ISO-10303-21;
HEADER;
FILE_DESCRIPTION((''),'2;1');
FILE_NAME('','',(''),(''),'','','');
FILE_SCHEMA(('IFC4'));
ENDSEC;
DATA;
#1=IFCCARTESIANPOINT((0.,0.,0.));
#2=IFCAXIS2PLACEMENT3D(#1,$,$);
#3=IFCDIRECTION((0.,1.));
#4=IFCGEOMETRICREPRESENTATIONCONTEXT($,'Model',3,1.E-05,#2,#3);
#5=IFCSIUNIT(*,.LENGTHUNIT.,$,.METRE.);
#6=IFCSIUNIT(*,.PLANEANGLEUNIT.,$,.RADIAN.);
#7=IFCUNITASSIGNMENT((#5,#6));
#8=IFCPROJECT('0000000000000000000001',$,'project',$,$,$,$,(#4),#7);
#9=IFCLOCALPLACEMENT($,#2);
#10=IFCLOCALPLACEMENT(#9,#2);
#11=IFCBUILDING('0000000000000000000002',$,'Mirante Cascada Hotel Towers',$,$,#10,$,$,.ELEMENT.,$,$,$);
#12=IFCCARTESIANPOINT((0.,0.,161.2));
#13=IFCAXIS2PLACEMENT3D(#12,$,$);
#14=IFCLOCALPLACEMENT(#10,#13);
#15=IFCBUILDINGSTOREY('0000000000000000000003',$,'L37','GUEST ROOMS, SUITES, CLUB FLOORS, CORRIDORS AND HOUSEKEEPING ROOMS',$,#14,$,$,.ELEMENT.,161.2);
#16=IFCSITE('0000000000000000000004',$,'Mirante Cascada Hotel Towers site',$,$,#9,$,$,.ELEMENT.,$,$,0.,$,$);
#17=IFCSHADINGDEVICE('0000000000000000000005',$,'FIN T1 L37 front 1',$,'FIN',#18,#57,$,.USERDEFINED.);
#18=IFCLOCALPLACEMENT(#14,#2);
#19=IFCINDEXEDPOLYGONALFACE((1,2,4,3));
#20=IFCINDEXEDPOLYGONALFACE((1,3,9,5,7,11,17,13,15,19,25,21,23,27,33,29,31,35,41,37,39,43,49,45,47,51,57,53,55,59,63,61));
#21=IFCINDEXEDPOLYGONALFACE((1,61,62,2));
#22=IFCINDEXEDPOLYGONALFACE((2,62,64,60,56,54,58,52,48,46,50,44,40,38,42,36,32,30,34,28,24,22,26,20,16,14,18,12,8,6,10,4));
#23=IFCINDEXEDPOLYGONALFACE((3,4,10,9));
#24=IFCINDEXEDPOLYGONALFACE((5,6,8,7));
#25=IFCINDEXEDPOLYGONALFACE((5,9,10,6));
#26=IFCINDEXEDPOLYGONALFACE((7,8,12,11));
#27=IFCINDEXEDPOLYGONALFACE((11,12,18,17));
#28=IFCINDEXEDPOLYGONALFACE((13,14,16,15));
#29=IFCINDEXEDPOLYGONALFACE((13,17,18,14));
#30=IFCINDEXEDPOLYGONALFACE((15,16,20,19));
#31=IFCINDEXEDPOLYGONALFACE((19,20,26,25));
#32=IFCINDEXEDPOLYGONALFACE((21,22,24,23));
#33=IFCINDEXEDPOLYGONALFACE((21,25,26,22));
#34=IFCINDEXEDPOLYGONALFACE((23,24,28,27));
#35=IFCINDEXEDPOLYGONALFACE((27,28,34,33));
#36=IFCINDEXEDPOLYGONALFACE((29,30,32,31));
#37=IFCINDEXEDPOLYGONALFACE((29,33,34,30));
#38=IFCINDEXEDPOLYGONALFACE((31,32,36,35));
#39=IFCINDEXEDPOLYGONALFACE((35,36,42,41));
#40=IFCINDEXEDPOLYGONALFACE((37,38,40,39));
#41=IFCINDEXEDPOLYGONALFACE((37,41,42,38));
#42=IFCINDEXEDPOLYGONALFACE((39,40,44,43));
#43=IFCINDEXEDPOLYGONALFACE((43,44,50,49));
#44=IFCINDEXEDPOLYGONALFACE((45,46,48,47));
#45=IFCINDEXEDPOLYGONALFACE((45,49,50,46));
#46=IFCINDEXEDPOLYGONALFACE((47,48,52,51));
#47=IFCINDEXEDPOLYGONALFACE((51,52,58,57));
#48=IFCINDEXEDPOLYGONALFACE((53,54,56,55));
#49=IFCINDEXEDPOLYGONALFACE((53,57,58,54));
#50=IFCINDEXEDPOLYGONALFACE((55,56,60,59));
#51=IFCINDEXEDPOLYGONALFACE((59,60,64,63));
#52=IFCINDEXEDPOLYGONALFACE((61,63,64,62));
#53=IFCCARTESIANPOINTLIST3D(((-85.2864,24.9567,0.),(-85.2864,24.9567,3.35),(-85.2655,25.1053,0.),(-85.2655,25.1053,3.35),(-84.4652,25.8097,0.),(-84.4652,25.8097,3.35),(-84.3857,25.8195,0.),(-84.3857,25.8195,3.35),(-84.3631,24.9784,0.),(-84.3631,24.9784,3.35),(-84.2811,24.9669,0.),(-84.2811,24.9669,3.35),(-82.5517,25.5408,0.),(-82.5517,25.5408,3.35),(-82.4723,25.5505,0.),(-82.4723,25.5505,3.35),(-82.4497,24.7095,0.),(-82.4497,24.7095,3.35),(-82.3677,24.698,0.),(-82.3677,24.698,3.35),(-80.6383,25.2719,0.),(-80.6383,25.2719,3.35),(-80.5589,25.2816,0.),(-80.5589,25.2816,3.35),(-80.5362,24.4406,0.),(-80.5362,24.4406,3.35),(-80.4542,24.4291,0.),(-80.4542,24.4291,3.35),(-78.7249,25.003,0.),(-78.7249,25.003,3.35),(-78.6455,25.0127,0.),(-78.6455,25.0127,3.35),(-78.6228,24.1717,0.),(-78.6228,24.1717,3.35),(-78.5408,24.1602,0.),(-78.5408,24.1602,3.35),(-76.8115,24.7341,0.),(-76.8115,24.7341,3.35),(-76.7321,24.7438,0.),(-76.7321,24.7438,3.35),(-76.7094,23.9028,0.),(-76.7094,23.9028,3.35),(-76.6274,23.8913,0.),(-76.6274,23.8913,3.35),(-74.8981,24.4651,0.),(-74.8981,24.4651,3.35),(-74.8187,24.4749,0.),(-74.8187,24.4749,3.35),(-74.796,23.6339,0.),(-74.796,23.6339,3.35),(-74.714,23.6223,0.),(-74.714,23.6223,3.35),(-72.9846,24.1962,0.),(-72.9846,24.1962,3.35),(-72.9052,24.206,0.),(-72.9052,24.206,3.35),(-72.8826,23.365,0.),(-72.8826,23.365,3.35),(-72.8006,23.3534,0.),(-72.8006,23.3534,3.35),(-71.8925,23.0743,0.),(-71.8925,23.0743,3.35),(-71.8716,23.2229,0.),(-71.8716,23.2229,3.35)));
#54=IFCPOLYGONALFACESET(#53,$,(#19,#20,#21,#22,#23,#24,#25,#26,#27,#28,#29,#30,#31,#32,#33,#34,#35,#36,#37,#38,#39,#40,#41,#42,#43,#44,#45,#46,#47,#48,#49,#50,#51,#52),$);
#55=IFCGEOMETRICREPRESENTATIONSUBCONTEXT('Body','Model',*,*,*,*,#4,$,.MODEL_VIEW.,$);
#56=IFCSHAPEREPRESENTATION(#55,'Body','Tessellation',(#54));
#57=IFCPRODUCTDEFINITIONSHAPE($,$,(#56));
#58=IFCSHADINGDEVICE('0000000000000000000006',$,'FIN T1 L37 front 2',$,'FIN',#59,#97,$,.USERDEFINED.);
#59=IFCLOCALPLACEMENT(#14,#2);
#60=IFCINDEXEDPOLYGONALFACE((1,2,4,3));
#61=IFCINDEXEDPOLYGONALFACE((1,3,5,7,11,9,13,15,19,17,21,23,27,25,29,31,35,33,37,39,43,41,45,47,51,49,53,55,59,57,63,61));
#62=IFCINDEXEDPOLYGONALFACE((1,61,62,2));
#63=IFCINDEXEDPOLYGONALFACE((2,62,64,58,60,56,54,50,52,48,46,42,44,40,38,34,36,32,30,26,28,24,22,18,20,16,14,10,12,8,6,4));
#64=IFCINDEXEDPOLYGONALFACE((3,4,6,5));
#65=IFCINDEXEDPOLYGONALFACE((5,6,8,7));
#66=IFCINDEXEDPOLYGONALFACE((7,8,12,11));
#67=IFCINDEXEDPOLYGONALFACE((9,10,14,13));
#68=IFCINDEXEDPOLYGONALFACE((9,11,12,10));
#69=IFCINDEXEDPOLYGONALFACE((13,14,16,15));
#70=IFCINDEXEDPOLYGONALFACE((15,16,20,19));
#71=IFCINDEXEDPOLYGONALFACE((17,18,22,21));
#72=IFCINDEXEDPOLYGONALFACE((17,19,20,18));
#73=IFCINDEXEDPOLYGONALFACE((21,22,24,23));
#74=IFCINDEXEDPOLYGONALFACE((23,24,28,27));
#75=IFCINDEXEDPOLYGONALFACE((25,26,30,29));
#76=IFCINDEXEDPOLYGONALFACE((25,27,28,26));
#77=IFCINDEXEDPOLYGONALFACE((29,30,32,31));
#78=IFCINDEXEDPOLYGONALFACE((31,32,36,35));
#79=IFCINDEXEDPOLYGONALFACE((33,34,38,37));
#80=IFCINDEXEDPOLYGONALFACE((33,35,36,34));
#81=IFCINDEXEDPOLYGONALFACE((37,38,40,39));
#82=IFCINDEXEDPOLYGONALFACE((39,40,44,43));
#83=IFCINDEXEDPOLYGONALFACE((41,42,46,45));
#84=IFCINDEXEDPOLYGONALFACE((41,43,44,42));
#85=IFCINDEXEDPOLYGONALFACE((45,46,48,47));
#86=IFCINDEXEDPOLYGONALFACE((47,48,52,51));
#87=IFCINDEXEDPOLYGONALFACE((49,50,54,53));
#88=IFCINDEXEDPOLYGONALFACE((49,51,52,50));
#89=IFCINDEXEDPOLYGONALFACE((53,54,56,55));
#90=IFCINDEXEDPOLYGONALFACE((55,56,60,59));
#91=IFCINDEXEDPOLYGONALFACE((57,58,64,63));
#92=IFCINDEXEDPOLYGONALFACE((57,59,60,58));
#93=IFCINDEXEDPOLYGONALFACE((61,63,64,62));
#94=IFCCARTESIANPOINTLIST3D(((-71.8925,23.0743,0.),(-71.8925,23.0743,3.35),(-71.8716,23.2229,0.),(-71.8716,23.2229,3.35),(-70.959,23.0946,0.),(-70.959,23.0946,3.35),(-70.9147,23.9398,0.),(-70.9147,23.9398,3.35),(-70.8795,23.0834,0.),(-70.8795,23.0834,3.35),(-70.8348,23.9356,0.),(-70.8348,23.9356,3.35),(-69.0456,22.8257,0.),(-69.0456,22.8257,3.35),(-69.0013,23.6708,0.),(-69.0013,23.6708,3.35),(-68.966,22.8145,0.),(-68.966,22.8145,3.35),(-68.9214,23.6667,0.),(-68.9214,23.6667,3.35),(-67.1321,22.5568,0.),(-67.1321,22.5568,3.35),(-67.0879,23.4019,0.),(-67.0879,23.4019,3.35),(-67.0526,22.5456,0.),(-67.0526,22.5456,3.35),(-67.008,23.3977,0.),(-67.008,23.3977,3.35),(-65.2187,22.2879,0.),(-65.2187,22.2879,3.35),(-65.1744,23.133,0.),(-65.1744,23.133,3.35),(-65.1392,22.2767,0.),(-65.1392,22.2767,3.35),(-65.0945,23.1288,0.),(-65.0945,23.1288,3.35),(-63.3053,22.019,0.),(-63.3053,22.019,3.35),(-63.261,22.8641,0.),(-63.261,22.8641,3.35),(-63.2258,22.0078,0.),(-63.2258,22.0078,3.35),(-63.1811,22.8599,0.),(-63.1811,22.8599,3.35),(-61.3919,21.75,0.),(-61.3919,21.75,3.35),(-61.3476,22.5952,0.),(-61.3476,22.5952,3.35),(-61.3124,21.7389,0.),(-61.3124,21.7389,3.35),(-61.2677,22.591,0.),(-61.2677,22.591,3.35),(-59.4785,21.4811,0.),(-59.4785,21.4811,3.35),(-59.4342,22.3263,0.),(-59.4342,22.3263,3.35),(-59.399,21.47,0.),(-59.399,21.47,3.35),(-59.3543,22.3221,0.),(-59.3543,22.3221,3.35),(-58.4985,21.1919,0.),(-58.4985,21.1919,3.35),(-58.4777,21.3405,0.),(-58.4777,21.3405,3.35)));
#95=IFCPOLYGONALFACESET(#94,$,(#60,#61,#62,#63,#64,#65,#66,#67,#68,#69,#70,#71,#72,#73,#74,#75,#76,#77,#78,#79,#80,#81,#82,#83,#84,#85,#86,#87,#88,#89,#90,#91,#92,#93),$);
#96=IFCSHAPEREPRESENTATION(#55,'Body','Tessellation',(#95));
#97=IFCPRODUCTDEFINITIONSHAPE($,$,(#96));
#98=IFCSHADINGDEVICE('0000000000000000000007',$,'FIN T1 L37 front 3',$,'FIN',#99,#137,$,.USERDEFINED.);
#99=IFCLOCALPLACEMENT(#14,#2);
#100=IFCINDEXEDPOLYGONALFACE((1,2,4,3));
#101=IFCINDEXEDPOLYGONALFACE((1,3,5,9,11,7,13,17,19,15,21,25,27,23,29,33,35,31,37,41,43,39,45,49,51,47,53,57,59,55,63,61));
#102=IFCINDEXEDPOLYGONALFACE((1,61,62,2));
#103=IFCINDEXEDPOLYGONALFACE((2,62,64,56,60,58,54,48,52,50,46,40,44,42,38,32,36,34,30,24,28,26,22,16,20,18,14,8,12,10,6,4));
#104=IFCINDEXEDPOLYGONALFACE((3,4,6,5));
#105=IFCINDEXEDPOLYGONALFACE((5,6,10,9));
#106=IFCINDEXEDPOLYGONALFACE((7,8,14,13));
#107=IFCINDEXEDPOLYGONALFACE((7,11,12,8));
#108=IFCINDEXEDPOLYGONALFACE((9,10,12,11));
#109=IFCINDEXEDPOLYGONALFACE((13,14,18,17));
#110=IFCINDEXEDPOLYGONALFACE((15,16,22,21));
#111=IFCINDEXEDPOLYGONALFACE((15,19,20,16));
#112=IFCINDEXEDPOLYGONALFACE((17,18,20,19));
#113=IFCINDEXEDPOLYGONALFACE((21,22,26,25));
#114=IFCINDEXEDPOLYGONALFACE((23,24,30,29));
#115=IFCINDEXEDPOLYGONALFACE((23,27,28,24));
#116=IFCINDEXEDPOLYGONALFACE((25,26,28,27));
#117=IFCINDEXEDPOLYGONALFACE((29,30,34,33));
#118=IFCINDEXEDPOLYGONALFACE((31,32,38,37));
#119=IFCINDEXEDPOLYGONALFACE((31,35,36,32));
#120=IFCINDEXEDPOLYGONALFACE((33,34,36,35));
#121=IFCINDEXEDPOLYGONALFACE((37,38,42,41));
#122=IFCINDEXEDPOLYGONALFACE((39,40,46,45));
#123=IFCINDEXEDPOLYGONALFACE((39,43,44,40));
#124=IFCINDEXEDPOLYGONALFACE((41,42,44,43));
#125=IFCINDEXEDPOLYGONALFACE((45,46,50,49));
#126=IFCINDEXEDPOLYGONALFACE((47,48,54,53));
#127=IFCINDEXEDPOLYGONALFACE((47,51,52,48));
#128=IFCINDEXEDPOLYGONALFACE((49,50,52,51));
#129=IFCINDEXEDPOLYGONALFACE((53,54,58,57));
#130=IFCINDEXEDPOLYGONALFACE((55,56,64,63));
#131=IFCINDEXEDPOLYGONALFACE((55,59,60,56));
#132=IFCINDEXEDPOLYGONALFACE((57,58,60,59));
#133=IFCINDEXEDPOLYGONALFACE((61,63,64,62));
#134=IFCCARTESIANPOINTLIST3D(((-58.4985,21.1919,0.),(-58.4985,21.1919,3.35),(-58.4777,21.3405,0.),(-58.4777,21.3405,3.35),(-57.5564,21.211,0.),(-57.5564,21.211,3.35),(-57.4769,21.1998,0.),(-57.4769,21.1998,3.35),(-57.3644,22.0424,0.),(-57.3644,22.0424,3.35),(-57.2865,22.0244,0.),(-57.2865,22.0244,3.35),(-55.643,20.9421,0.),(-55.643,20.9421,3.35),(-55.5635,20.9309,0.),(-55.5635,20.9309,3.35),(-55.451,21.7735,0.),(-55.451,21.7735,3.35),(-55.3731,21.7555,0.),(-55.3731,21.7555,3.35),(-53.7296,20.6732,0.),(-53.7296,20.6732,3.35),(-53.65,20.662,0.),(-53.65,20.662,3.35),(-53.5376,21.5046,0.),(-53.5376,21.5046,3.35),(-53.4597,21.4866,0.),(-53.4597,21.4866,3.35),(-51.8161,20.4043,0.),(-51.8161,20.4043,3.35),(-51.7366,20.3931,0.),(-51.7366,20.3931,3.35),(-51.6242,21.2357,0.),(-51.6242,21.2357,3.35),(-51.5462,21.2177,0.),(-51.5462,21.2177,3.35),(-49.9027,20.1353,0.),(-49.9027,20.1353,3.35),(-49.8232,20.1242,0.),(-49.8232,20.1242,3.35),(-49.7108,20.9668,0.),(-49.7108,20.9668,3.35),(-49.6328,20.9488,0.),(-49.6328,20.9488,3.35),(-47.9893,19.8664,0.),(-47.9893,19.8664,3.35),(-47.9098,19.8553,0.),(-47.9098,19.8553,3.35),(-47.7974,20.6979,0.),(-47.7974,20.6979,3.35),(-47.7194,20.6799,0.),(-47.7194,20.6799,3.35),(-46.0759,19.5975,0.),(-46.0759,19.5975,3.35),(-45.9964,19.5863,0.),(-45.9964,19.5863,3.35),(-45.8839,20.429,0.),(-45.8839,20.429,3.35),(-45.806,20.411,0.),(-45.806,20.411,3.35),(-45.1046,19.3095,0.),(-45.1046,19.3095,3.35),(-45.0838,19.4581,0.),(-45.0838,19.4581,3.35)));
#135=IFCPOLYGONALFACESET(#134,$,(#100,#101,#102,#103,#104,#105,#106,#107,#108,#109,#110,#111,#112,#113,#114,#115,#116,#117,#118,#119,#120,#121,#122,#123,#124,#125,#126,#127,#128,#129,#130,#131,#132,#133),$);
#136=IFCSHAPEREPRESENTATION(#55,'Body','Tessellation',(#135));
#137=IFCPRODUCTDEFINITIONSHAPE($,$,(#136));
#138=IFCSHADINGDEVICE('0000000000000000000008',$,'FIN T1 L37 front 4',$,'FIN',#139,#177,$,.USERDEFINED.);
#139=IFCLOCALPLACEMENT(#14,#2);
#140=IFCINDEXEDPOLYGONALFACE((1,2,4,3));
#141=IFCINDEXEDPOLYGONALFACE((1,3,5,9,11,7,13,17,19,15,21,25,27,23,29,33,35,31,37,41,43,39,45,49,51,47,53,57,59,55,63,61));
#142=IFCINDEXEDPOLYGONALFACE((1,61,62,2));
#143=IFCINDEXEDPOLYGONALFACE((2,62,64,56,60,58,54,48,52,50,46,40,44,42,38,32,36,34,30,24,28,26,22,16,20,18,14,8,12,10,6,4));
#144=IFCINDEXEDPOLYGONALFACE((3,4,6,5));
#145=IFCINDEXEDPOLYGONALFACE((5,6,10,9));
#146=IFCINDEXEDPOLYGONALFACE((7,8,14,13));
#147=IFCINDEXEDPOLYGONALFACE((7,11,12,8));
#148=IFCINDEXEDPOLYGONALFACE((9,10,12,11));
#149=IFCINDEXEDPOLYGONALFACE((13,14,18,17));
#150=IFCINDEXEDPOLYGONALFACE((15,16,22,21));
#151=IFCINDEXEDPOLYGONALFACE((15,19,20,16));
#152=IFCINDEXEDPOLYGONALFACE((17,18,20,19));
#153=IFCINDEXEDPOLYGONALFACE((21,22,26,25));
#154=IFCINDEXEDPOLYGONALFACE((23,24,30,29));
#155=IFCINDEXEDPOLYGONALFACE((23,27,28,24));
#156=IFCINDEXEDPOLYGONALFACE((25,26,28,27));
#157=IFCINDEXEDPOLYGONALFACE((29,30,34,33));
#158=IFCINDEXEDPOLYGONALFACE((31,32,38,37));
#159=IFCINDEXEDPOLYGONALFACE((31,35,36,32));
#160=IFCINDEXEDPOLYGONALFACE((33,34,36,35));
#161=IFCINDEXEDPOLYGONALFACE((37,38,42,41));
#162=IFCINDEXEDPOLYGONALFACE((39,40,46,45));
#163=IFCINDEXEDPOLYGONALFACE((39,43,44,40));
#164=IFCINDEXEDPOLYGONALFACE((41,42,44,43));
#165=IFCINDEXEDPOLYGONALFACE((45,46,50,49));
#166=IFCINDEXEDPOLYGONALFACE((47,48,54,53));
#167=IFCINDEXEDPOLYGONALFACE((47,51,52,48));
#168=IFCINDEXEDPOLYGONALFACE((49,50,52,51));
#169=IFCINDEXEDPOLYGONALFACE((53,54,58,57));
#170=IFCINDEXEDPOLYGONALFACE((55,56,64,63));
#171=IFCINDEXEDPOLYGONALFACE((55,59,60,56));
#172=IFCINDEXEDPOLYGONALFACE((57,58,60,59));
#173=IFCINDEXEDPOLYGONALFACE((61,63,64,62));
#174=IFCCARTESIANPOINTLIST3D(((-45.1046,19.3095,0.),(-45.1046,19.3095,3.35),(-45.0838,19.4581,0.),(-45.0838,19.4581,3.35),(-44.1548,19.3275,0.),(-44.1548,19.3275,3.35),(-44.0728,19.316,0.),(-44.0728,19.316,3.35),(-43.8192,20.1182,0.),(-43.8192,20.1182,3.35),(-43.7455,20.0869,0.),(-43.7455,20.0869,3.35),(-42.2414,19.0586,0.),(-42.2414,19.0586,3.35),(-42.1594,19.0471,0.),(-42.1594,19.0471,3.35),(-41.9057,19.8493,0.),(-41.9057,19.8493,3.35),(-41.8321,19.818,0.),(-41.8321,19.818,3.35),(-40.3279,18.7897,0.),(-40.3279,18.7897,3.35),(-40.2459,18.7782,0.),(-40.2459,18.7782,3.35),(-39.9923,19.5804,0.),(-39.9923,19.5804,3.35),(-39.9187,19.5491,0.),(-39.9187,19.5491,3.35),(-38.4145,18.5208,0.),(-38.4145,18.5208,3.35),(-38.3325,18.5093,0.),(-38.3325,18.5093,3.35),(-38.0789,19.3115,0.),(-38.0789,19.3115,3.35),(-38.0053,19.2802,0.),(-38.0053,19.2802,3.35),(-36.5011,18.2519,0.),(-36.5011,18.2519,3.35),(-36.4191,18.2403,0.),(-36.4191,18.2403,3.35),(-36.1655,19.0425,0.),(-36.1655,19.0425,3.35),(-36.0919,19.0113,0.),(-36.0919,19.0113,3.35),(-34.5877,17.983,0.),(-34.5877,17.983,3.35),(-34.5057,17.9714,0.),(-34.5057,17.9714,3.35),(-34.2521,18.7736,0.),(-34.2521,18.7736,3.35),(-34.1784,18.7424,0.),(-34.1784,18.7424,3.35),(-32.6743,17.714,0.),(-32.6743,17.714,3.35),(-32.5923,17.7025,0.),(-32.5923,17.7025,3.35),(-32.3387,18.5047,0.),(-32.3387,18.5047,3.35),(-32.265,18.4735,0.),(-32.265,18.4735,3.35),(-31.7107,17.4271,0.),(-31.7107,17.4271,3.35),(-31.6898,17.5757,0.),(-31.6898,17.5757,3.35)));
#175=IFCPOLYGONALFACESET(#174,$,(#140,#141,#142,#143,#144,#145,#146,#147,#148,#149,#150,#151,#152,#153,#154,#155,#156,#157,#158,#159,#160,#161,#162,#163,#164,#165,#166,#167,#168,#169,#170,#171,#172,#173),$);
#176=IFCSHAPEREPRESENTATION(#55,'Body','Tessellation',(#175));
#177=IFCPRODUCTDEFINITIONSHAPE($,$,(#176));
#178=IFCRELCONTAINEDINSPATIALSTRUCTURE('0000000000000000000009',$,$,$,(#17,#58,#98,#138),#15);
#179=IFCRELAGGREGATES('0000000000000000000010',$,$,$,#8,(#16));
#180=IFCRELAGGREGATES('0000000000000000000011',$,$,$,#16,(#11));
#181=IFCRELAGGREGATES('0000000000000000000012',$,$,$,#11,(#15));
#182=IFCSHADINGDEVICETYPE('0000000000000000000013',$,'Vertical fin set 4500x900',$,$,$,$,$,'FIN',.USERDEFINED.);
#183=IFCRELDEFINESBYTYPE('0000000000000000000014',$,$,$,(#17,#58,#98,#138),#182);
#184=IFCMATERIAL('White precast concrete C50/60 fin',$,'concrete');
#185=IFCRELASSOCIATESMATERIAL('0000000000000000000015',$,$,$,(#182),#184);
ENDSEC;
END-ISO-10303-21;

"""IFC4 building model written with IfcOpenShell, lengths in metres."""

from ifc_helpers import new_model, si_unit, direction, frame, origin, place, context, subcontext, project, spatial, polyline, outline, extrude, material, type_object, element, save


model = new_model("IFC4")

# Units and contexts
model_context = context("Model", 3, precision=1e-05, world=origin(), true_north=direction((0.0, 1.0)))
body_context = subcontext(model_context, "Body", "Model", "MODEL_VIEW")
ifc_project = project(units=[si_unit("LENGTHUNIT", "METRE"), si_unit("PLANEANGLEUNIT", "RADIAN")], contexts=[model_context])

# Site, building, storey
site_placement = place(None, origin())
site = spatial("IfcSite", under=ifc_project, at=site_placement, Name="Mirante Cascada Hotel Towers site", CompositionType="ELEMENT", RefElevation=0.0)
building_placement = place(site_placement, origin())
building = spatial("IfcBuilding", under=site, at=building_placement, Name="Mirante Cascada Hotel Towers", CompositionType="ELEMENT")
storey_placement = place(building_placement, frame((0.0, 0.0, 161.2)))
storey = spatial("IfcBuildingStorey", under=building, at=storey_placement, Name="L37", Description="GUEST ROOMS, SUITES, CLUB FLOORS, CORRIDORS AND HOUSEKEEPING ROOMS", CompositionType="ELEMENT", Elevation=161.2)

# Shading devices
ifc_material_1 = material(Name="White precast concrete C50/60 fin", Category="concrete")
shading_device_type = type_object("IfcShadingDeviceType", Name="Vertical fin set 4500x900", ElementType="FIN", PredefinedType="USERDEFINED", material=ifc_material_1)
shading_device_1_placement = place(storey_placement, origin())
element("IfcShadingDevice", 1, at=shading_device_1_placement, inside=storey, type_object=shading_device_type, Name="FIN T1 L37 front 1", ObjectType="FIN", PredefinedType="USERDEFINED", context=body_context, shape_type="SweptSolid", body=[
    extrude(outline(polyline([(-72.8006, 23.3534), (-71.8716, 23.2229), (-71.8925, 23.0743), (-85.2864, 24.9567), (-85.2655, 25.1053), (-84.3631, 24.9784), (-84.4652, 25.8097), (-84.3857, 25.8195), (-84.2811, 24.9669), (-82.4497, 24.7095), (-82.5517, 25.5408), (-82.4723, 25.5505), (-82.3677, 24.698), (-80.5362, 24.4406), (-80.6383, 25.2719), (-80.5589, 25.2816), (-80.4542, 24.4291), (-78.6228, 24.1717), (-78.7249, 25.003), (-78.6455, 25.0127), (-78.5408, 24.1602), (-76.7094, 23.9028), (-76.8115, 24.7341), (-76.7321, 24.7438), (-76.6274, 23.8913), (-74.796, 23.6339), (-74.8981, 24.4651), (-74.8187, 24.4749), (-74.714, 23.6223), (-72.8826, 23.365), (-72.9846, 24.1962), (-72.9052, 24.206), (-72.8006, 23.3534)])), origin(), (0.0, 0.0, 1.0), 3.35),
])
shading_device_2_placement = place(storey_placement, origin())
element("IfcShadingDevice", 2, at=shading_device_2_placement, inside=storey, type_object=shading_device_type, Name="FIN T1 L37 front 2", ObjectType="FIN", PredefinedType="USERDEFINED", context=body_context, shape_type="SweptSolid", body=[
    extrude(outline(polyline([(-59.399, 21.47), (-58.4777, 21.3405), (-58.4985, 21.1919), (-71.8925, 23.0743), (-71.8716, 23.2229), (-70.959, 23.0946), (-70.9147, 23.9398), (-70.8348, 23.9356), (-70.8795, 23.0834), (-69.0456, 22.8257), (-69.0013, 23.6708), (-68.9214, 23.6667), (-68.966, 22.8145), (-67.1321, 22.5568), (-67.0879, 23.4019), (-67.008, 23.3977), (-67.0526, 22.5456), (-65.2187, 22.2879), (-65.1744, 23.133), (-65.0945, 23.1288), (-65.1392, 22.2767), (-63.3053, 22.019), (-63.261, 22.8641), (-63.1811, 22.8599), (-63.2258, 22.0078), (-61.3919, 21.75), (-61.3476, 22.5952), (-61.2677, 22.591), (-61.3124, 21.7389), (-59.4785, 21.4811), (-59.4342, 22.3263), (-59.3543, 22.3221), (-59.399, 21.47)])), origin(), (0.0, 0.0, 1.0), 3.35),
])
shading_device_3_placement = place(storey_placement, origin())
element("IfcShadingDevice", 3, at=shading_device_3_placement, inside=storey, type_object=shading_device_type, Name="FIN T1 L37 front 3", ObjectType="FIN", PredefinedType="USERDEFINED", context=body_context, shape_type="SweptSolid", body=[
    extrude(outline(polyline([(-45.9964, 19.5863), (-45.0838, 19.4581), (-45.1046, 19.3095), (-58.4985, 21.1919), (-58.4777, 21.3405), (-57.5564, 21.211), (-57.3644, 22.0424), (-57.2865, 22.0244), (-57.4769, 21.1998), (-55.643, 20.9421), (-55.451, 21.7735), (-55.3731, 21.7555), (-55.5635, 20.9309), (-53.7296, 20.6732), (-53.5376, 21.5046), (-53.4597, 21.4866), (-53.65, 20.662), (-51.8161, 20.4043), (-51.6242, 21.2357), (-51.5462, 21.2177), (-51.7366, 20.3931), (-49.9027, 20.1353), (-49.7108, 20.9668), (-49.6328, 20.9488), (-49.8232, 20.1242), (-47.9893, 19.8664), (-47.7974, 20.6979), (-47.7194, 20.6799), (-47.9098, 19.8553), (-46.0759, 19.5975), (-45.8839, 20.429), (-45.806, 20.411), (-45.9964, 19.5863)])), origin(), (0.0, 0.0, 1.0), 3.35),
])
shading_device_4_placement = place(storey_placement, origin())
element("IfcShadingDevice", 4, at=shading_device_4_placement, inside=storey, type_object=shading_device_type, Name="FIN T1 L37 front 4", ObjectType="FIN", PredefinedType="USERDEFINED", context=body_context, shape_type="SweptSolid", body=[
    extrude(outline(polyline([(-32.5923, 17.7025), (-31.6898, 17.5757), (-31.7107, 17.4271), (-45.1046, 19.3095), (-45.0838, 19.4581), (-44.1548, 19.3275), (-43.8192, 20.1182), (-43.7455, 20.0869), (-44.0728, 19.316), (-42.2414, 19.0586), (-41.9057, 19.8493), (-41.8321, 19.818), (-42.1594, 19.0471), (-40.3279, 18.7897), (-39.9923, 19.5804), (-39.9187, 19.5491), (-40.2459, 18.7782), (-38.4145, 18.5208), (-38.0789, 19.3115), (-38.0053, 19.2802), (-38.3325, 18.5093), (-36.5011, 18.2519), (-36.1655, 19.0425), (-36.0919, 19.0113), (-36.4191, 18.2403), (-34.5877, 17.983), (-34.2521, 18.7736), (-34.1784, 18.7424), (-34.5057, 17.9714), (-32.6743, 17.714), (-32.3387, 18.5047), (-32.265, 18.4735), (-32.5923, 17.7025)])), origin(), (0.0, 0.0, 1.0), 3.35),
])

save(model, "model.ifc")
